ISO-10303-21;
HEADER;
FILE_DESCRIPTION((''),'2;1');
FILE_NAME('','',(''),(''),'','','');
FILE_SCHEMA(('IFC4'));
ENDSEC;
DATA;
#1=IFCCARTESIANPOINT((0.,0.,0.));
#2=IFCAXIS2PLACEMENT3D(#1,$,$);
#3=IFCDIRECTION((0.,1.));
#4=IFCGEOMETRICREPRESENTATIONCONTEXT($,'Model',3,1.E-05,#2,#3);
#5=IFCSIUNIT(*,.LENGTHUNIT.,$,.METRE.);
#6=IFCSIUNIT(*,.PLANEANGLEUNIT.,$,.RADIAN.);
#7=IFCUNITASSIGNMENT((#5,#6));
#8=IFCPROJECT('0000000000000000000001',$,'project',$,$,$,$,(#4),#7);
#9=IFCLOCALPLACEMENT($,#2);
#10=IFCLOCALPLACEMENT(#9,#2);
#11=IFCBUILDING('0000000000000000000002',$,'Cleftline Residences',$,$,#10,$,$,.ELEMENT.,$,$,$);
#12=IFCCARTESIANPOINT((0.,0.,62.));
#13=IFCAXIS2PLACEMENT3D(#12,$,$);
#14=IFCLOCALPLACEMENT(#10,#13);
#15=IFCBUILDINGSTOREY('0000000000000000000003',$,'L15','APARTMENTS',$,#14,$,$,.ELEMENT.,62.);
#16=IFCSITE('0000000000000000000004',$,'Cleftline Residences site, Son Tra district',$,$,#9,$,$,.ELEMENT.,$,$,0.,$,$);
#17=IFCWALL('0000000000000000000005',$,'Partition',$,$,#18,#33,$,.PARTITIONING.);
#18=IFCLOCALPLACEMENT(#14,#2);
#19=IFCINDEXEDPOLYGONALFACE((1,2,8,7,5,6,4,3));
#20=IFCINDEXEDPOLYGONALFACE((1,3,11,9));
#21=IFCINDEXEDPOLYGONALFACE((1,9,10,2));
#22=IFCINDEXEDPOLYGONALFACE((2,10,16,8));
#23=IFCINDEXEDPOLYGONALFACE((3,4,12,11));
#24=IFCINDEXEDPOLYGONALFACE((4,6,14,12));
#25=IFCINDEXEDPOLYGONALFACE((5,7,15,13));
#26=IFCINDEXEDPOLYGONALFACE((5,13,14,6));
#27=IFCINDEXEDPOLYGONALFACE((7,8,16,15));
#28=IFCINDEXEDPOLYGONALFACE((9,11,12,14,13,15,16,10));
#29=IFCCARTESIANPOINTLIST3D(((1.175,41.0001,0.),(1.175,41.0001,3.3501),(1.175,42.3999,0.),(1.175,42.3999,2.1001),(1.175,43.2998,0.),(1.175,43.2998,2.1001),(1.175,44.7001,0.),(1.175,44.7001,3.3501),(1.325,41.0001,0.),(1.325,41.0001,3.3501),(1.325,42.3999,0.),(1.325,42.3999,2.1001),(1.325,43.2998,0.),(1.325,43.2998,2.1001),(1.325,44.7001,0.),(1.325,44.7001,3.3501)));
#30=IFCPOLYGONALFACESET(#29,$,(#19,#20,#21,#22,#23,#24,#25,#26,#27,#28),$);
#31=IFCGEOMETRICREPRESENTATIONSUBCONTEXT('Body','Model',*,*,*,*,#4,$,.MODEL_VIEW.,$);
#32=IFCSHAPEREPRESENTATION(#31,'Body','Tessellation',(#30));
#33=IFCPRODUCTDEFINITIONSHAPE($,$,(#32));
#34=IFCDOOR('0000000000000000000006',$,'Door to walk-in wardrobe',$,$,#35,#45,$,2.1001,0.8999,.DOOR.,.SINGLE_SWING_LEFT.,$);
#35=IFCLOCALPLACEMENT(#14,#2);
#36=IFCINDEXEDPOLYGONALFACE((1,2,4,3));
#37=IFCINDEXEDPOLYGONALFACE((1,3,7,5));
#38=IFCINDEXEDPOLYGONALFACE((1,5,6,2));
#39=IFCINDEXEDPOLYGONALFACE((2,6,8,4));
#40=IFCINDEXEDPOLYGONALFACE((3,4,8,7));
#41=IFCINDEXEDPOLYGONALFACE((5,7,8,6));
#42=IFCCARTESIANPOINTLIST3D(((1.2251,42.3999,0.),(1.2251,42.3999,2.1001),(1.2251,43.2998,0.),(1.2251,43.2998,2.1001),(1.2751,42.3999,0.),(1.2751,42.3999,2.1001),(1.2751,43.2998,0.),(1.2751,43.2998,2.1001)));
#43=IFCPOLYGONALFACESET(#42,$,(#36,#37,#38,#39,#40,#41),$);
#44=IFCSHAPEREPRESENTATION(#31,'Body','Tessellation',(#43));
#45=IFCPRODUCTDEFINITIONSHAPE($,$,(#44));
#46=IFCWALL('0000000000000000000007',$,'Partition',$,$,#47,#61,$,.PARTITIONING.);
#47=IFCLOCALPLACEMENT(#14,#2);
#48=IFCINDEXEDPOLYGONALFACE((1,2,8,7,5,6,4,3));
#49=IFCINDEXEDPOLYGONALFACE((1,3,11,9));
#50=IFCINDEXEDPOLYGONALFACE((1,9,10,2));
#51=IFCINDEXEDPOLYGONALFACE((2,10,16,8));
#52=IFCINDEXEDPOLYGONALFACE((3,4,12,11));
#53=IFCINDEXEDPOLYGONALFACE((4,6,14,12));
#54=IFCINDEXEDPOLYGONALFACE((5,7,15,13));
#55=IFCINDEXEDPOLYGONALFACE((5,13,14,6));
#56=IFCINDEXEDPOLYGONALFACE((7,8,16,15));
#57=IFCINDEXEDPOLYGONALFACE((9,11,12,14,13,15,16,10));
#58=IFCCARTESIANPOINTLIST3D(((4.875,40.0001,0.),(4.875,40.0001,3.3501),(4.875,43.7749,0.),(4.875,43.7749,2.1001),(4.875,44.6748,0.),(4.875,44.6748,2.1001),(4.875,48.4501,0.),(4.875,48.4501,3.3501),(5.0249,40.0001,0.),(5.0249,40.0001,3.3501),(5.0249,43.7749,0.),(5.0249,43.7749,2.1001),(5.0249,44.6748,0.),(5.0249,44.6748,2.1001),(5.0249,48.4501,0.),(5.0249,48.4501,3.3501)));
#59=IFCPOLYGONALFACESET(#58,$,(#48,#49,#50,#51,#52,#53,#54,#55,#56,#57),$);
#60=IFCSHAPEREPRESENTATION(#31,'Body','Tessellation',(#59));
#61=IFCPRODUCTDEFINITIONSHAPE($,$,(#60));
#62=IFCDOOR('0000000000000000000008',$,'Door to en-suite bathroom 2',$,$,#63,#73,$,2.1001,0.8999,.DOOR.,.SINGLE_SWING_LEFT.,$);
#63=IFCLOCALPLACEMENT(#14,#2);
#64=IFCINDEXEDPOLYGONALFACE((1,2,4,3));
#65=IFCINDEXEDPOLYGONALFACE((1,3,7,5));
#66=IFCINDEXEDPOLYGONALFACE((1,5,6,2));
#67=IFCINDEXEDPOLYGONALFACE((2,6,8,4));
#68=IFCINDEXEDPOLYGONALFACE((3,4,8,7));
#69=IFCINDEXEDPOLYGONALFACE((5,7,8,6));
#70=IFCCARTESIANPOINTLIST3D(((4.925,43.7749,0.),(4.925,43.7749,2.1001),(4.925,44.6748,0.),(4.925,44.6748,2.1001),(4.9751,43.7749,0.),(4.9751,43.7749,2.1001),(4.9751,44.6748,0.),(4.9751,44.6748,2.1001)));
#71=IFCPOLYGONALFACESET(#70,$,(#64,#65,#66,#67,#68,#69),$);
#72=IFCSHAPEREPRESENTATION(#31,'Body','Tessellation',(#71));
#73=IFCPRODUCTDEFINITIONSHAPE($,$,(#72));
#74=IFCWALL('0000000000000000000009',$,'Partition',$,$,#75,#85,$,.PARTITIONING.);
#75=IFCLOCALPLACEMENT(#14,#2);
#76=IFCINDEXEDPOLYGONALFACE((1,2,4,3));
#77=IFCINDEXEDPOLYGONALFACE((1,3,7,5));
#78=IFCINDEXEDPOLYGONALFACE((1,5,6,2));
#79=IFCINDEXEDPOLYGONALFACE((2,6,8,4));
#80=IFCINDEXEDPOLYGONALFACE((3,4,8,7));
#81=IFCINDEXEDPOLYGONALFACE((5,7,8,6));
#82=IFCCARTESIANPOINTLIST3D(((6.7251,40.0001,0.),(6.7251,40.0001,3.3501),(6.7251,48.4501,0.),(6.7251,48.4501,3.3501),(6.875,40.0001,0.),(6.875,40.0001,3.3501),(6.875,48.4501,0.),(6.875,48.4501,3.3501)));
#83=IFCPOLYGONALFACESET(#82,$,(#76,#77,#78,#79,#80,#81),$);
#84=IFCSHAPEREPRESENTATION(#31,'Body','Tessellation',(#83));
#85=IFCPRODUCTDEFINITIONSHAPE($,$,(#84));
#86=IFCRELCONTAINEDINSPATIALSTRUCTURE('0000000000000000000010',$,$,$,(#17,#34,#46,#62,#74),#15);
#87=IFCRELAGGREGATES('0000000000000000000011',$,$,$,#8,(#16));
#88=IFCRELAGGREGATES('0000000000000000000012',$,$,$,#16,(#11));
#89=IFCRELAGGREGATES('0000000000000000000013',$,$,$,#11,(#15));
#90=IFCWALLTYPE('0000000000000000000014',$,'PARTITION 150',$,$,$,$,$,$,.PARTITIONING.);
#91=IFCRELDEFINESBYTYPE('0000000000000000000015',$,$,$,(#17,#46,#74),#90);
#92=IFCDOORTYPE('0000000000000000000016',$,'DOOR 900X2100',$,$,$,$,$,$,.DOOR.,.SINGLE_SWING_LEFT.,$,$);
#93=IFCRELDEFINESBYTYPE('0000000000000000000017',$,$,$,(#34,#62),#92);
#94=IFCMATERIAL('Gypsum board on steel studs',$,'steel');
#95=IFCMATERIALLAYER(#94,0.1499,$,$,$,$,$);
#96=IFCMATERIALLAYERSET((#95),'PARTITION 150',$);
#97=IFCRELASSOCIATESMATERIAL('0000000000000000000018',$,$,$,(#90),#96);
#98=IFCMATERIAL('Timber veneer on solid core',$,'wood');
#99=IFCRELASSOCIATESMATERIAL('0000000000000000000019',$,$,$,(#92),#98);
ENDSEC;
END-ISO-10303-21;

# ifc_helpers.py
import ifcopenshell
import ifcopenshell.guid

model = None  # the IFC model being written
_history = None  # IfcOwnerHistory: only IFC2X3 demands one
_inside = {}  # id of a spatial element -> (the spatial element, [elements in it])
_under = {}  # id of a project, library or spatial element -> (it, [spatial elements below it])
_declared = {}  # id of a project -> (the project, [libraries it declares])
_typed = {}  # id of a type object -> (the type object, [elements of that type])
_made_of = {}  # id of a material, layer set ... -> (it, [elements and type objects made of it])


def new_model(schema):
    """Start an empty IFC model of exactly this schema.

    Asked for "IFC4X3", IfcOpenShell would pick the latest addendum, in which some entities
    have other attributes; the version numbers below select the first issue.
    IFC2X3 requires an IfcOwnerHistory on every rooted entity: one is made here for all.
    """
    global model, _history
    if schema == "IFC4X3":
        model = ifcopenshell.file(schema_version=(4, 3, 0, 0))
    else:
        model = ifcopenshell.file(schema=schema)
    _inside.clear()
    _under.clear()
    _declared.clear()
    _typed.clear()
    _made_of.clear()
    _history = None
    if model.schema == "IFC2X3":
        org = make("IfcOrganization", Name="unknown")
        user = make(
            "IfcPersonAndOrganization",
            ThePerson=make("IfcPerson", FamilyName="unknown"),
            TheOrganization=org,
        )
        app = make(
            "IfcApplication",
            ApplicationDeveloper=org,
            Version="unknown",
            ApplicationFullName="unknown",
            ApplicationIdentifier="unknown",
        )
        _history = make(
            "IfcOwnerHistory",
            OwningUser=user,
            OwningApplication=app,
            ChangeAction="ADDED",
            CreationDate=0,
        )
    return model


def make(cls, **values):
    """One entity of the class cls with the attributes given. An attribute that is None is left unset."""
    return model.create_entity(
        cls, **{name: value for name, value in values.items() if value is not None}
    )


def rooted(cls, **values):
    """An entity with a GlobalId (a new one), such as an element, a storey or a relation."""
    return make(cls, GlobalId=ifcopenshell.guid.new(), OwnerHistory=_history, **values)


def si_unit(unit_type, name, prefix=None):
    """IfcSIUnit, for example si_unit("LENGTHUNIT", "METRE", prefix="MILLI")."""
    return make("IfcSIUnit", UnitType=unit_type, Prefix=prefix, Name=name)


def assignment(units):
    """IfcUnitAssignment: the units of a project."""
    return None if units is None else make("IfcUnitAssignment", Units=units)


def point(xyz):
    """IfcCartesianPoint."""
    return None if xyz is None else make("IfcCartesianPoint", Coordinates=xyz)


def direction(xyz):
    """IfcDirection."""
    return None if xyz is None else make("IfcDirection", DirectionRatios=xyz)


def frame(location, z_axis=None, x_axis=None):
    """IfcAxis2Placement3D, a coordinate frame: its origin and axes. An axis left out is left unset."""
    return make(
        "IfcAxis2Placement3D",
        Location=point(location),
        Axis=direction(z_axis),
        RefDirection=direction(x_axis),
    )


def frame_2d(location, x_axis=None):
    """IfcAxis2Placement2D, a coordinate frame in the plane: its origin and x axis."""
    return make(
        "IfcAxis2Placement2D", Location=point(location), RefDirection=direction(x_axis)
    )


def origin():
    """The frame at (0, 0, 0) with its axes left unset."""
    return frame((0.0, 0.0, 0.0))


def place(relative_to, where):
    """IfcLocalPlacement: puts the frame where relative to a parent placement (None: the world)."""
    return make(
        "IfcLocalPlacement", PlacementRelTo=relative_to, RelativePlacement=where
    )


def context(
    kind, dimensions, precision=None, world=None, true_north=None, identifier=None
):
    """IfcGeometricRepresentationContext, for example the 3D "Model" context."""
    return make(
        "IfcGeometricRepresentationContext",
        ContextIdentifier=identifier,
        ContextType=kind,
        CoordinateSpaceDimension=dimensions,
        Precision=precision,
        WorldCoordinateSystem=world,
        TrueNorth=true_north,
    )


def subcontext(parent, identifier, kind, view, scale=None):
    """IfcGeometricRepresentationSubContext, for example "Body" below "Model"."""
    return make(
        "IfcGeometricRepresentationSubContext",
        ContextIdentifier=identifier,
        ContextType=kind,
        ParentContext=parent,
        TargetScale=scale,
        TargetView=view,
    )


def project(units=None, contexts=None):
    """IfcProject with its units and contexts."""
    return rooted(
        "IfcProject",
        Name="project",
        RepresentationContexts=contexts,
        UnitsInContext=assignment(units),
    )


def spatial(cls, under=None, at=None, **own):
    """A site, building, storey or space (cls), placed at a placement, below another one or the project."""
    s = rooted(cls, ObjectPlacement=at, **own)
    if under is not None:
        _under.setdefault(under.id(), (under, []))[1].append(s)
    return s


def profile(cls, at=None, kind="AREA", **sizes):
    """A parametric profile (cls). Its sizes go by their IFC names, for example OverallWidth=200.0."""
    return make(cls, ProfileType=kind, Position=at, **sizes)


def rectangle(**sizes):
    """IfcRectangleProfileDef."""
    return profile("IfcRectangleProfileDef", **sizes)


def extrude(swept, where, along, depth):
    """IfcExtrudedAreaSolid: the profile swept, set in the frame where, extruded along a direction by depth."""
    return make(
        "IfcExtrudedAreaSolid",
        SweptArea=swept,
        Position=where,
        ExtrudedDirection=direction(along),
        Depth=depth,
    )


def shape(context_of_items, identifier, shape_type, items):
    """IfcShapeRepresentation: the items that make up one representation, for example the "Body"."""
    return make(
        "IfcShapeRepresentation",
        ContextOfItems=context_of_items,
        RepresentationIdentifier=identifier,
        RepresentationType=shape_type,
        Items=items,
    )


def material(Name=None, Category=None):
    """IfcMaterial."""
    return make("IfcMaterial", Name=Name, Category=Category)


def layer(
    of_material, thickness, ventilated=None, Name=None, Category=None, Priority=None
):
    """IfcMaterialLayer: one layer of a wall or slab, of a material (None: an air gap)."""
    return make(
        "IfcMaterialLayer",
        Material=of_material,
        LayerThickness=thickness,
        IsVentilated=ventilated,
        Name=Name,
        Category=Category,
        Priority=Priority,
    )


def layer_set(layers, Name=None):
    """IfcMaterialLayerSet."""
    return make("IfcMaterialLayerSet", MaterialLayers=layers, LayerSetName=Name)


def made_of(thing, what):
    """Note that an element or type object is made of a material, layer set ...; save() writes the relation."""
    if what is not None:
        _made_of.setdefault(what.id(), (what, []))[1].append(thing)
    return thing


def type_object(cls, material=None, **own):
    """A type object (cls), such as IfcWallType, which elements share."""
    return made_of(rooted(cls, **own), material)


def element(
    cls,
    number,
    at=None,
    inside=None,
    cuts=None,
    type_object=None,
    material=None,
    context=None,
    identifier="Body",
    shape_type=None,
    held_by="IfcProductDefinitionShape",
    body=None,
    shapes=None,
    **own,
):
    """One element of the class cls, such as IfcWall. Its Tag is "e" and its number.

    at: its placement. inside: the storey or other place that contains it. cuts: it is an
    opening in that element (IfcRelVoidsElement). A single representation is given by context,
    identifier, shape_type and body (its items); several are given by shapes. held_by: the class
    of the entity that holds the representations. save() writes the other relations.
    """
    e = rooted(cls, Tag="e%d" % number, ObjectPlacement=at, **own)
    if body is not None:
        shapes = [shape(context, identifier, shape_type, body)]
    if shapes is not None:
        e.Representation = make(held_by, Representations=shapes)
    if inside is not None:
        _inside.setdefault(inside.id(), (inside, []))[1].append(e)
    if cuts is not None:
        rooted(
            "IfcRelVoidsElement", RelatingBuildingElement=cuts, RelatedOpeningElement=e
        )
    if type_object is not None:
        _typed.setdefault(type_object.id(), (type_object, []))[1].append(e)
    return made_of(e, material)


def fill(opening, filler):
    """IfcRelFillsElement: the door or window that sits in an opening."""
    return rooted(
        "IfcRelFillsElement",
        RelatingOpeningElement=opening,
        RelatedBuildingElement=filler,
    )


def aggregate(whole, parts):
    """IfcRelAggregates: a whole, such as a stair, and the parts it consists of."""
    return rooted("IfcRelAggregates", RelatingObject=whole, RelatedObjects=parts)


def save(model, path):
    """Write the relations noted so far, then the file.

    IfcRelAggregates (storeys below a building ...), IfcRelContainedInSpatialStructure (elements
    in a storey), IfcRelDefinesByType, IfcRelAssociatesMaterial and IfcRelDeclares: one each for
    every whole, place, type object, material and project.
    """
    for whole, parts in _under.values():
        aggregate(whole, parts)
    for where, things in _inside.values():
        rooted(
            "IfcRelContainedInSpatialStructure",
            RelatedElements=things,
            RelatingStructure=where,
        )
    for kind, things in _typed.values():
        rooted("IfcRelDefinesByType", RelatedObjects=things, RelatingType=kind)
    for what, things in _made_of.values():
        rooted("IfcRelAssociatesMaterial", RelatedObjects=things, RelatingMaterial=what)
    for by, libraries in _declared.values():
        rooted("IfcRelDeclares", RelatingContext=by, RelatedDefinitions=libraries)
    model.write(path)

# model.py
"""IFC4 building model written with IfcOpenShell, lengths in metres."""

from ifc_helpers import new_model, si_unit, direction, frame, frame_2d, origin, place, context, subcontext, project, spatial, rectangle, extrude, material, layer, layer_set, type_object, element, fill, save


model = new_model("IFC4")

# Units and contexts
model_context = context("Model", 3, precision=1e-05, world=origin(), true_north=direction((0.0, 1.0)))
body_context = subcontext(model_context, "Body", "Model", "MODEL_VIEW")
ifc_project = project(units=[si_unit("LENGTHUNIT", "METRE"), si_unit("PLANEANGLEUNIT", "RADIAN")], contexts=[model_context])

# Site, building, storey
site_placement = place(None, origin())
site = spatial("IfcSite", under=ifc_project, at=site_placement, Name="Cleftline Residences site, Son Tra district", CompositionType="ELEMENT", RefElevation=0.0)
building_placement = place(site_placement, origin())
building = spatial("IfcBuilding", under=site, at=building_placement, Name="Cleftline Residences", CompositionType="ELEMENT")
storey_placement = place(building_placement, frame((0.0, 0.0, 62.0)))
storey = spatial("IfcBuildingStorey", under=building, at=storey_placement, Name="L15", Description="APARTMENTS", CompositionType="ELEMENT", Elevation=62.0)

# Walls, openings, doors
ifc_material_1 = material(Name="Gypsum board on steel studs", Category="steel")
ifc_layer_1 = layer(ifc_material_1, 0.1499)
ifc_layer_set_1 = layer_set([ifc_layer_1], Name="PARTITION 150")
wall_type_1 = type_object("IfcWallType", Name="PARTITION 150", PredefinedType="PARTITIONING", material=ifc_layer_set_1)
wall_1_placement = place(storey_placement, frame((1.25, 41.0, 0.0), z_axis=(0.0, 0.0, 1.0), x_axis=(0.0, 1.0, 0.0)))
wall_1 = element("IfcWall", 1, at=wall_1_placement, inside=storey, type_object=wall_type_1, Name="Partition", PredefinedType="PARTITIONING", context=body_context, shape_type="SweptSolid", body=[
    extrude(rectangle(XDim=3.7, YDim=0.1499, at=frame_2d((1.8501, 0.0))), origin(), (0.0, 0.0, 1.0), 3.3501),
])
opening_1_placement = place(wall_1_placement, frame((1.3999, 0.0, 0.0)))
opening_1 = element("IfcOpeningElement", 2, at=opening_1_placement, cuts=wall_1, PredefinedType="OPENING", context=body_context, shape_type="SweptSolid", body=[
    extrude(rectangle(XDim=0.8999, YDim=2.1001, at=frame_2d((0.45, 1.05))), frame((0.0, 0.085, 0.0), z_axis=(0.0, -1.0, 0.0), x_axis=(1.0, 0.0, 0.0)), (0.0, 0.0, 1.0), 0.1699),
])
ifc_material_2 = material(Name="Timber veneer on solid core", Category="wood")
door_type = type_object("IfcDoorType", Name="DOOR 900X2100", OperationType="SINGLE_SWING_LEFT", PredefinedType="DOOR", material=ifc_material_2)
door_1_placement = place(opening_1_placement, origin())
door_1 = element("IfcDoor", 3, at=door_1_placement, inside=storey, type_object=door_type, Name="Door to walk-in wardrobe", OperationType="SINGLE_SWING_LEFT", OverallHeight=2.1001, OverallWidth=0.8999, PredefinedType="DOOR", context=body_context, shape_type="SweptSolid", body=[
    extrude(rectangle(XDim=0.8999, YDim=2.1001, at=frame_2d((0.45, 1.05))), frame((0.0, 0.0249, 0.0), z_axis=(0.0, -1.0, 0.0), x_axis=(1.0, 0.0, 0.0)), (0.0, 0.0, 1.0), 0.05),
])
fill(opening_1, door_1)
wall_2_placement = place(storey_placement, frame((4.95, 40.0, 0.0), z_axis=(0.0, 0.0, 1.0), x_axis=(0.0, 1.0, 0.0)))
wall_2 = element("IfcWall", 4, at=wall_2_placement, inside=storey, type_object=wall_type_1, Name="Partition", PredefinedType="PARTITIONING", context=body_context, shape_type="SweptSolid", body=[
    extrude(rectangle(XDim=8.45, YDim=0.1499, at=frame_2d((4.2251, 0.0))), origin(), (0.0, 0.0, 1.0), 3.3501),
])
opening_2_placement = place(wall_2_placement, frame((3.7749, 0.0, 0.0)))
opening_2 = element("IfcOpeningElement", 5, at=opening_2_placement, cuts=wall_2, PredefinedType="OPENING", context=body_context, shape_type="SweptSolid", body=[
    extrude(rectangle(XDim=0.8999, YDim=2.1001, at=frame_2d((0.45, 1.05))), frame((0.0, 0.085, 0.0), z_axis=(0.0, -1.0, 0.0), x_axis=(1.0, 0.0, 0.0)), (0.0, 0.0, 1.0), 0.1699),
])
door_2_placement = place(opening_2_placement, origin())
door_2 = element("IfcDoor", 6, at=door_2_placement, inside=storey, type_object=door_type, Name="Door to en-suite bathroom 2", OperationType="SINGLE_SWING_LEFT", OverallHeight=2.1001, OverallWidth=0.8999, PredefinedType="DOOR", context=body_context, shape_type="SweptSolid", body=[
    extrude(rectangle(XDim=0.8999, YDim=2.1001, at=frame_2d((0.45, 1.05))), frame((0.0, 0.0249, 0.0), z_axis=(0.0, -1.0, 0.0), x_axis=(1.0, 0.0, 0.0)), (0.0, 0.0, 1.0), 0.05),
])
fill(opening_2, door_2)

# Wall
wall_3_placement = place(storey_placement, frame((6.8, 40.0, 0.0), z_axis=(0.0, 0.0, 1.0), x_axis=(0.0, 1.0, 0.0)))
element("IfcWall", 7, at=wall_3_placement, inside=storey, type_object=wall_type_1, Name="Partition", PredefinedType="PARTITIONING", context=body_context, shape_type="SweptSolid", body=[
    extrude(rectangle(XDim=8.45, YDim=0.1499, at=frame_2d((4.2251, 0.0))), origin(), (0.0, 0.0, 1.0), 3.3501),
])

save(model, "model.ifc")
